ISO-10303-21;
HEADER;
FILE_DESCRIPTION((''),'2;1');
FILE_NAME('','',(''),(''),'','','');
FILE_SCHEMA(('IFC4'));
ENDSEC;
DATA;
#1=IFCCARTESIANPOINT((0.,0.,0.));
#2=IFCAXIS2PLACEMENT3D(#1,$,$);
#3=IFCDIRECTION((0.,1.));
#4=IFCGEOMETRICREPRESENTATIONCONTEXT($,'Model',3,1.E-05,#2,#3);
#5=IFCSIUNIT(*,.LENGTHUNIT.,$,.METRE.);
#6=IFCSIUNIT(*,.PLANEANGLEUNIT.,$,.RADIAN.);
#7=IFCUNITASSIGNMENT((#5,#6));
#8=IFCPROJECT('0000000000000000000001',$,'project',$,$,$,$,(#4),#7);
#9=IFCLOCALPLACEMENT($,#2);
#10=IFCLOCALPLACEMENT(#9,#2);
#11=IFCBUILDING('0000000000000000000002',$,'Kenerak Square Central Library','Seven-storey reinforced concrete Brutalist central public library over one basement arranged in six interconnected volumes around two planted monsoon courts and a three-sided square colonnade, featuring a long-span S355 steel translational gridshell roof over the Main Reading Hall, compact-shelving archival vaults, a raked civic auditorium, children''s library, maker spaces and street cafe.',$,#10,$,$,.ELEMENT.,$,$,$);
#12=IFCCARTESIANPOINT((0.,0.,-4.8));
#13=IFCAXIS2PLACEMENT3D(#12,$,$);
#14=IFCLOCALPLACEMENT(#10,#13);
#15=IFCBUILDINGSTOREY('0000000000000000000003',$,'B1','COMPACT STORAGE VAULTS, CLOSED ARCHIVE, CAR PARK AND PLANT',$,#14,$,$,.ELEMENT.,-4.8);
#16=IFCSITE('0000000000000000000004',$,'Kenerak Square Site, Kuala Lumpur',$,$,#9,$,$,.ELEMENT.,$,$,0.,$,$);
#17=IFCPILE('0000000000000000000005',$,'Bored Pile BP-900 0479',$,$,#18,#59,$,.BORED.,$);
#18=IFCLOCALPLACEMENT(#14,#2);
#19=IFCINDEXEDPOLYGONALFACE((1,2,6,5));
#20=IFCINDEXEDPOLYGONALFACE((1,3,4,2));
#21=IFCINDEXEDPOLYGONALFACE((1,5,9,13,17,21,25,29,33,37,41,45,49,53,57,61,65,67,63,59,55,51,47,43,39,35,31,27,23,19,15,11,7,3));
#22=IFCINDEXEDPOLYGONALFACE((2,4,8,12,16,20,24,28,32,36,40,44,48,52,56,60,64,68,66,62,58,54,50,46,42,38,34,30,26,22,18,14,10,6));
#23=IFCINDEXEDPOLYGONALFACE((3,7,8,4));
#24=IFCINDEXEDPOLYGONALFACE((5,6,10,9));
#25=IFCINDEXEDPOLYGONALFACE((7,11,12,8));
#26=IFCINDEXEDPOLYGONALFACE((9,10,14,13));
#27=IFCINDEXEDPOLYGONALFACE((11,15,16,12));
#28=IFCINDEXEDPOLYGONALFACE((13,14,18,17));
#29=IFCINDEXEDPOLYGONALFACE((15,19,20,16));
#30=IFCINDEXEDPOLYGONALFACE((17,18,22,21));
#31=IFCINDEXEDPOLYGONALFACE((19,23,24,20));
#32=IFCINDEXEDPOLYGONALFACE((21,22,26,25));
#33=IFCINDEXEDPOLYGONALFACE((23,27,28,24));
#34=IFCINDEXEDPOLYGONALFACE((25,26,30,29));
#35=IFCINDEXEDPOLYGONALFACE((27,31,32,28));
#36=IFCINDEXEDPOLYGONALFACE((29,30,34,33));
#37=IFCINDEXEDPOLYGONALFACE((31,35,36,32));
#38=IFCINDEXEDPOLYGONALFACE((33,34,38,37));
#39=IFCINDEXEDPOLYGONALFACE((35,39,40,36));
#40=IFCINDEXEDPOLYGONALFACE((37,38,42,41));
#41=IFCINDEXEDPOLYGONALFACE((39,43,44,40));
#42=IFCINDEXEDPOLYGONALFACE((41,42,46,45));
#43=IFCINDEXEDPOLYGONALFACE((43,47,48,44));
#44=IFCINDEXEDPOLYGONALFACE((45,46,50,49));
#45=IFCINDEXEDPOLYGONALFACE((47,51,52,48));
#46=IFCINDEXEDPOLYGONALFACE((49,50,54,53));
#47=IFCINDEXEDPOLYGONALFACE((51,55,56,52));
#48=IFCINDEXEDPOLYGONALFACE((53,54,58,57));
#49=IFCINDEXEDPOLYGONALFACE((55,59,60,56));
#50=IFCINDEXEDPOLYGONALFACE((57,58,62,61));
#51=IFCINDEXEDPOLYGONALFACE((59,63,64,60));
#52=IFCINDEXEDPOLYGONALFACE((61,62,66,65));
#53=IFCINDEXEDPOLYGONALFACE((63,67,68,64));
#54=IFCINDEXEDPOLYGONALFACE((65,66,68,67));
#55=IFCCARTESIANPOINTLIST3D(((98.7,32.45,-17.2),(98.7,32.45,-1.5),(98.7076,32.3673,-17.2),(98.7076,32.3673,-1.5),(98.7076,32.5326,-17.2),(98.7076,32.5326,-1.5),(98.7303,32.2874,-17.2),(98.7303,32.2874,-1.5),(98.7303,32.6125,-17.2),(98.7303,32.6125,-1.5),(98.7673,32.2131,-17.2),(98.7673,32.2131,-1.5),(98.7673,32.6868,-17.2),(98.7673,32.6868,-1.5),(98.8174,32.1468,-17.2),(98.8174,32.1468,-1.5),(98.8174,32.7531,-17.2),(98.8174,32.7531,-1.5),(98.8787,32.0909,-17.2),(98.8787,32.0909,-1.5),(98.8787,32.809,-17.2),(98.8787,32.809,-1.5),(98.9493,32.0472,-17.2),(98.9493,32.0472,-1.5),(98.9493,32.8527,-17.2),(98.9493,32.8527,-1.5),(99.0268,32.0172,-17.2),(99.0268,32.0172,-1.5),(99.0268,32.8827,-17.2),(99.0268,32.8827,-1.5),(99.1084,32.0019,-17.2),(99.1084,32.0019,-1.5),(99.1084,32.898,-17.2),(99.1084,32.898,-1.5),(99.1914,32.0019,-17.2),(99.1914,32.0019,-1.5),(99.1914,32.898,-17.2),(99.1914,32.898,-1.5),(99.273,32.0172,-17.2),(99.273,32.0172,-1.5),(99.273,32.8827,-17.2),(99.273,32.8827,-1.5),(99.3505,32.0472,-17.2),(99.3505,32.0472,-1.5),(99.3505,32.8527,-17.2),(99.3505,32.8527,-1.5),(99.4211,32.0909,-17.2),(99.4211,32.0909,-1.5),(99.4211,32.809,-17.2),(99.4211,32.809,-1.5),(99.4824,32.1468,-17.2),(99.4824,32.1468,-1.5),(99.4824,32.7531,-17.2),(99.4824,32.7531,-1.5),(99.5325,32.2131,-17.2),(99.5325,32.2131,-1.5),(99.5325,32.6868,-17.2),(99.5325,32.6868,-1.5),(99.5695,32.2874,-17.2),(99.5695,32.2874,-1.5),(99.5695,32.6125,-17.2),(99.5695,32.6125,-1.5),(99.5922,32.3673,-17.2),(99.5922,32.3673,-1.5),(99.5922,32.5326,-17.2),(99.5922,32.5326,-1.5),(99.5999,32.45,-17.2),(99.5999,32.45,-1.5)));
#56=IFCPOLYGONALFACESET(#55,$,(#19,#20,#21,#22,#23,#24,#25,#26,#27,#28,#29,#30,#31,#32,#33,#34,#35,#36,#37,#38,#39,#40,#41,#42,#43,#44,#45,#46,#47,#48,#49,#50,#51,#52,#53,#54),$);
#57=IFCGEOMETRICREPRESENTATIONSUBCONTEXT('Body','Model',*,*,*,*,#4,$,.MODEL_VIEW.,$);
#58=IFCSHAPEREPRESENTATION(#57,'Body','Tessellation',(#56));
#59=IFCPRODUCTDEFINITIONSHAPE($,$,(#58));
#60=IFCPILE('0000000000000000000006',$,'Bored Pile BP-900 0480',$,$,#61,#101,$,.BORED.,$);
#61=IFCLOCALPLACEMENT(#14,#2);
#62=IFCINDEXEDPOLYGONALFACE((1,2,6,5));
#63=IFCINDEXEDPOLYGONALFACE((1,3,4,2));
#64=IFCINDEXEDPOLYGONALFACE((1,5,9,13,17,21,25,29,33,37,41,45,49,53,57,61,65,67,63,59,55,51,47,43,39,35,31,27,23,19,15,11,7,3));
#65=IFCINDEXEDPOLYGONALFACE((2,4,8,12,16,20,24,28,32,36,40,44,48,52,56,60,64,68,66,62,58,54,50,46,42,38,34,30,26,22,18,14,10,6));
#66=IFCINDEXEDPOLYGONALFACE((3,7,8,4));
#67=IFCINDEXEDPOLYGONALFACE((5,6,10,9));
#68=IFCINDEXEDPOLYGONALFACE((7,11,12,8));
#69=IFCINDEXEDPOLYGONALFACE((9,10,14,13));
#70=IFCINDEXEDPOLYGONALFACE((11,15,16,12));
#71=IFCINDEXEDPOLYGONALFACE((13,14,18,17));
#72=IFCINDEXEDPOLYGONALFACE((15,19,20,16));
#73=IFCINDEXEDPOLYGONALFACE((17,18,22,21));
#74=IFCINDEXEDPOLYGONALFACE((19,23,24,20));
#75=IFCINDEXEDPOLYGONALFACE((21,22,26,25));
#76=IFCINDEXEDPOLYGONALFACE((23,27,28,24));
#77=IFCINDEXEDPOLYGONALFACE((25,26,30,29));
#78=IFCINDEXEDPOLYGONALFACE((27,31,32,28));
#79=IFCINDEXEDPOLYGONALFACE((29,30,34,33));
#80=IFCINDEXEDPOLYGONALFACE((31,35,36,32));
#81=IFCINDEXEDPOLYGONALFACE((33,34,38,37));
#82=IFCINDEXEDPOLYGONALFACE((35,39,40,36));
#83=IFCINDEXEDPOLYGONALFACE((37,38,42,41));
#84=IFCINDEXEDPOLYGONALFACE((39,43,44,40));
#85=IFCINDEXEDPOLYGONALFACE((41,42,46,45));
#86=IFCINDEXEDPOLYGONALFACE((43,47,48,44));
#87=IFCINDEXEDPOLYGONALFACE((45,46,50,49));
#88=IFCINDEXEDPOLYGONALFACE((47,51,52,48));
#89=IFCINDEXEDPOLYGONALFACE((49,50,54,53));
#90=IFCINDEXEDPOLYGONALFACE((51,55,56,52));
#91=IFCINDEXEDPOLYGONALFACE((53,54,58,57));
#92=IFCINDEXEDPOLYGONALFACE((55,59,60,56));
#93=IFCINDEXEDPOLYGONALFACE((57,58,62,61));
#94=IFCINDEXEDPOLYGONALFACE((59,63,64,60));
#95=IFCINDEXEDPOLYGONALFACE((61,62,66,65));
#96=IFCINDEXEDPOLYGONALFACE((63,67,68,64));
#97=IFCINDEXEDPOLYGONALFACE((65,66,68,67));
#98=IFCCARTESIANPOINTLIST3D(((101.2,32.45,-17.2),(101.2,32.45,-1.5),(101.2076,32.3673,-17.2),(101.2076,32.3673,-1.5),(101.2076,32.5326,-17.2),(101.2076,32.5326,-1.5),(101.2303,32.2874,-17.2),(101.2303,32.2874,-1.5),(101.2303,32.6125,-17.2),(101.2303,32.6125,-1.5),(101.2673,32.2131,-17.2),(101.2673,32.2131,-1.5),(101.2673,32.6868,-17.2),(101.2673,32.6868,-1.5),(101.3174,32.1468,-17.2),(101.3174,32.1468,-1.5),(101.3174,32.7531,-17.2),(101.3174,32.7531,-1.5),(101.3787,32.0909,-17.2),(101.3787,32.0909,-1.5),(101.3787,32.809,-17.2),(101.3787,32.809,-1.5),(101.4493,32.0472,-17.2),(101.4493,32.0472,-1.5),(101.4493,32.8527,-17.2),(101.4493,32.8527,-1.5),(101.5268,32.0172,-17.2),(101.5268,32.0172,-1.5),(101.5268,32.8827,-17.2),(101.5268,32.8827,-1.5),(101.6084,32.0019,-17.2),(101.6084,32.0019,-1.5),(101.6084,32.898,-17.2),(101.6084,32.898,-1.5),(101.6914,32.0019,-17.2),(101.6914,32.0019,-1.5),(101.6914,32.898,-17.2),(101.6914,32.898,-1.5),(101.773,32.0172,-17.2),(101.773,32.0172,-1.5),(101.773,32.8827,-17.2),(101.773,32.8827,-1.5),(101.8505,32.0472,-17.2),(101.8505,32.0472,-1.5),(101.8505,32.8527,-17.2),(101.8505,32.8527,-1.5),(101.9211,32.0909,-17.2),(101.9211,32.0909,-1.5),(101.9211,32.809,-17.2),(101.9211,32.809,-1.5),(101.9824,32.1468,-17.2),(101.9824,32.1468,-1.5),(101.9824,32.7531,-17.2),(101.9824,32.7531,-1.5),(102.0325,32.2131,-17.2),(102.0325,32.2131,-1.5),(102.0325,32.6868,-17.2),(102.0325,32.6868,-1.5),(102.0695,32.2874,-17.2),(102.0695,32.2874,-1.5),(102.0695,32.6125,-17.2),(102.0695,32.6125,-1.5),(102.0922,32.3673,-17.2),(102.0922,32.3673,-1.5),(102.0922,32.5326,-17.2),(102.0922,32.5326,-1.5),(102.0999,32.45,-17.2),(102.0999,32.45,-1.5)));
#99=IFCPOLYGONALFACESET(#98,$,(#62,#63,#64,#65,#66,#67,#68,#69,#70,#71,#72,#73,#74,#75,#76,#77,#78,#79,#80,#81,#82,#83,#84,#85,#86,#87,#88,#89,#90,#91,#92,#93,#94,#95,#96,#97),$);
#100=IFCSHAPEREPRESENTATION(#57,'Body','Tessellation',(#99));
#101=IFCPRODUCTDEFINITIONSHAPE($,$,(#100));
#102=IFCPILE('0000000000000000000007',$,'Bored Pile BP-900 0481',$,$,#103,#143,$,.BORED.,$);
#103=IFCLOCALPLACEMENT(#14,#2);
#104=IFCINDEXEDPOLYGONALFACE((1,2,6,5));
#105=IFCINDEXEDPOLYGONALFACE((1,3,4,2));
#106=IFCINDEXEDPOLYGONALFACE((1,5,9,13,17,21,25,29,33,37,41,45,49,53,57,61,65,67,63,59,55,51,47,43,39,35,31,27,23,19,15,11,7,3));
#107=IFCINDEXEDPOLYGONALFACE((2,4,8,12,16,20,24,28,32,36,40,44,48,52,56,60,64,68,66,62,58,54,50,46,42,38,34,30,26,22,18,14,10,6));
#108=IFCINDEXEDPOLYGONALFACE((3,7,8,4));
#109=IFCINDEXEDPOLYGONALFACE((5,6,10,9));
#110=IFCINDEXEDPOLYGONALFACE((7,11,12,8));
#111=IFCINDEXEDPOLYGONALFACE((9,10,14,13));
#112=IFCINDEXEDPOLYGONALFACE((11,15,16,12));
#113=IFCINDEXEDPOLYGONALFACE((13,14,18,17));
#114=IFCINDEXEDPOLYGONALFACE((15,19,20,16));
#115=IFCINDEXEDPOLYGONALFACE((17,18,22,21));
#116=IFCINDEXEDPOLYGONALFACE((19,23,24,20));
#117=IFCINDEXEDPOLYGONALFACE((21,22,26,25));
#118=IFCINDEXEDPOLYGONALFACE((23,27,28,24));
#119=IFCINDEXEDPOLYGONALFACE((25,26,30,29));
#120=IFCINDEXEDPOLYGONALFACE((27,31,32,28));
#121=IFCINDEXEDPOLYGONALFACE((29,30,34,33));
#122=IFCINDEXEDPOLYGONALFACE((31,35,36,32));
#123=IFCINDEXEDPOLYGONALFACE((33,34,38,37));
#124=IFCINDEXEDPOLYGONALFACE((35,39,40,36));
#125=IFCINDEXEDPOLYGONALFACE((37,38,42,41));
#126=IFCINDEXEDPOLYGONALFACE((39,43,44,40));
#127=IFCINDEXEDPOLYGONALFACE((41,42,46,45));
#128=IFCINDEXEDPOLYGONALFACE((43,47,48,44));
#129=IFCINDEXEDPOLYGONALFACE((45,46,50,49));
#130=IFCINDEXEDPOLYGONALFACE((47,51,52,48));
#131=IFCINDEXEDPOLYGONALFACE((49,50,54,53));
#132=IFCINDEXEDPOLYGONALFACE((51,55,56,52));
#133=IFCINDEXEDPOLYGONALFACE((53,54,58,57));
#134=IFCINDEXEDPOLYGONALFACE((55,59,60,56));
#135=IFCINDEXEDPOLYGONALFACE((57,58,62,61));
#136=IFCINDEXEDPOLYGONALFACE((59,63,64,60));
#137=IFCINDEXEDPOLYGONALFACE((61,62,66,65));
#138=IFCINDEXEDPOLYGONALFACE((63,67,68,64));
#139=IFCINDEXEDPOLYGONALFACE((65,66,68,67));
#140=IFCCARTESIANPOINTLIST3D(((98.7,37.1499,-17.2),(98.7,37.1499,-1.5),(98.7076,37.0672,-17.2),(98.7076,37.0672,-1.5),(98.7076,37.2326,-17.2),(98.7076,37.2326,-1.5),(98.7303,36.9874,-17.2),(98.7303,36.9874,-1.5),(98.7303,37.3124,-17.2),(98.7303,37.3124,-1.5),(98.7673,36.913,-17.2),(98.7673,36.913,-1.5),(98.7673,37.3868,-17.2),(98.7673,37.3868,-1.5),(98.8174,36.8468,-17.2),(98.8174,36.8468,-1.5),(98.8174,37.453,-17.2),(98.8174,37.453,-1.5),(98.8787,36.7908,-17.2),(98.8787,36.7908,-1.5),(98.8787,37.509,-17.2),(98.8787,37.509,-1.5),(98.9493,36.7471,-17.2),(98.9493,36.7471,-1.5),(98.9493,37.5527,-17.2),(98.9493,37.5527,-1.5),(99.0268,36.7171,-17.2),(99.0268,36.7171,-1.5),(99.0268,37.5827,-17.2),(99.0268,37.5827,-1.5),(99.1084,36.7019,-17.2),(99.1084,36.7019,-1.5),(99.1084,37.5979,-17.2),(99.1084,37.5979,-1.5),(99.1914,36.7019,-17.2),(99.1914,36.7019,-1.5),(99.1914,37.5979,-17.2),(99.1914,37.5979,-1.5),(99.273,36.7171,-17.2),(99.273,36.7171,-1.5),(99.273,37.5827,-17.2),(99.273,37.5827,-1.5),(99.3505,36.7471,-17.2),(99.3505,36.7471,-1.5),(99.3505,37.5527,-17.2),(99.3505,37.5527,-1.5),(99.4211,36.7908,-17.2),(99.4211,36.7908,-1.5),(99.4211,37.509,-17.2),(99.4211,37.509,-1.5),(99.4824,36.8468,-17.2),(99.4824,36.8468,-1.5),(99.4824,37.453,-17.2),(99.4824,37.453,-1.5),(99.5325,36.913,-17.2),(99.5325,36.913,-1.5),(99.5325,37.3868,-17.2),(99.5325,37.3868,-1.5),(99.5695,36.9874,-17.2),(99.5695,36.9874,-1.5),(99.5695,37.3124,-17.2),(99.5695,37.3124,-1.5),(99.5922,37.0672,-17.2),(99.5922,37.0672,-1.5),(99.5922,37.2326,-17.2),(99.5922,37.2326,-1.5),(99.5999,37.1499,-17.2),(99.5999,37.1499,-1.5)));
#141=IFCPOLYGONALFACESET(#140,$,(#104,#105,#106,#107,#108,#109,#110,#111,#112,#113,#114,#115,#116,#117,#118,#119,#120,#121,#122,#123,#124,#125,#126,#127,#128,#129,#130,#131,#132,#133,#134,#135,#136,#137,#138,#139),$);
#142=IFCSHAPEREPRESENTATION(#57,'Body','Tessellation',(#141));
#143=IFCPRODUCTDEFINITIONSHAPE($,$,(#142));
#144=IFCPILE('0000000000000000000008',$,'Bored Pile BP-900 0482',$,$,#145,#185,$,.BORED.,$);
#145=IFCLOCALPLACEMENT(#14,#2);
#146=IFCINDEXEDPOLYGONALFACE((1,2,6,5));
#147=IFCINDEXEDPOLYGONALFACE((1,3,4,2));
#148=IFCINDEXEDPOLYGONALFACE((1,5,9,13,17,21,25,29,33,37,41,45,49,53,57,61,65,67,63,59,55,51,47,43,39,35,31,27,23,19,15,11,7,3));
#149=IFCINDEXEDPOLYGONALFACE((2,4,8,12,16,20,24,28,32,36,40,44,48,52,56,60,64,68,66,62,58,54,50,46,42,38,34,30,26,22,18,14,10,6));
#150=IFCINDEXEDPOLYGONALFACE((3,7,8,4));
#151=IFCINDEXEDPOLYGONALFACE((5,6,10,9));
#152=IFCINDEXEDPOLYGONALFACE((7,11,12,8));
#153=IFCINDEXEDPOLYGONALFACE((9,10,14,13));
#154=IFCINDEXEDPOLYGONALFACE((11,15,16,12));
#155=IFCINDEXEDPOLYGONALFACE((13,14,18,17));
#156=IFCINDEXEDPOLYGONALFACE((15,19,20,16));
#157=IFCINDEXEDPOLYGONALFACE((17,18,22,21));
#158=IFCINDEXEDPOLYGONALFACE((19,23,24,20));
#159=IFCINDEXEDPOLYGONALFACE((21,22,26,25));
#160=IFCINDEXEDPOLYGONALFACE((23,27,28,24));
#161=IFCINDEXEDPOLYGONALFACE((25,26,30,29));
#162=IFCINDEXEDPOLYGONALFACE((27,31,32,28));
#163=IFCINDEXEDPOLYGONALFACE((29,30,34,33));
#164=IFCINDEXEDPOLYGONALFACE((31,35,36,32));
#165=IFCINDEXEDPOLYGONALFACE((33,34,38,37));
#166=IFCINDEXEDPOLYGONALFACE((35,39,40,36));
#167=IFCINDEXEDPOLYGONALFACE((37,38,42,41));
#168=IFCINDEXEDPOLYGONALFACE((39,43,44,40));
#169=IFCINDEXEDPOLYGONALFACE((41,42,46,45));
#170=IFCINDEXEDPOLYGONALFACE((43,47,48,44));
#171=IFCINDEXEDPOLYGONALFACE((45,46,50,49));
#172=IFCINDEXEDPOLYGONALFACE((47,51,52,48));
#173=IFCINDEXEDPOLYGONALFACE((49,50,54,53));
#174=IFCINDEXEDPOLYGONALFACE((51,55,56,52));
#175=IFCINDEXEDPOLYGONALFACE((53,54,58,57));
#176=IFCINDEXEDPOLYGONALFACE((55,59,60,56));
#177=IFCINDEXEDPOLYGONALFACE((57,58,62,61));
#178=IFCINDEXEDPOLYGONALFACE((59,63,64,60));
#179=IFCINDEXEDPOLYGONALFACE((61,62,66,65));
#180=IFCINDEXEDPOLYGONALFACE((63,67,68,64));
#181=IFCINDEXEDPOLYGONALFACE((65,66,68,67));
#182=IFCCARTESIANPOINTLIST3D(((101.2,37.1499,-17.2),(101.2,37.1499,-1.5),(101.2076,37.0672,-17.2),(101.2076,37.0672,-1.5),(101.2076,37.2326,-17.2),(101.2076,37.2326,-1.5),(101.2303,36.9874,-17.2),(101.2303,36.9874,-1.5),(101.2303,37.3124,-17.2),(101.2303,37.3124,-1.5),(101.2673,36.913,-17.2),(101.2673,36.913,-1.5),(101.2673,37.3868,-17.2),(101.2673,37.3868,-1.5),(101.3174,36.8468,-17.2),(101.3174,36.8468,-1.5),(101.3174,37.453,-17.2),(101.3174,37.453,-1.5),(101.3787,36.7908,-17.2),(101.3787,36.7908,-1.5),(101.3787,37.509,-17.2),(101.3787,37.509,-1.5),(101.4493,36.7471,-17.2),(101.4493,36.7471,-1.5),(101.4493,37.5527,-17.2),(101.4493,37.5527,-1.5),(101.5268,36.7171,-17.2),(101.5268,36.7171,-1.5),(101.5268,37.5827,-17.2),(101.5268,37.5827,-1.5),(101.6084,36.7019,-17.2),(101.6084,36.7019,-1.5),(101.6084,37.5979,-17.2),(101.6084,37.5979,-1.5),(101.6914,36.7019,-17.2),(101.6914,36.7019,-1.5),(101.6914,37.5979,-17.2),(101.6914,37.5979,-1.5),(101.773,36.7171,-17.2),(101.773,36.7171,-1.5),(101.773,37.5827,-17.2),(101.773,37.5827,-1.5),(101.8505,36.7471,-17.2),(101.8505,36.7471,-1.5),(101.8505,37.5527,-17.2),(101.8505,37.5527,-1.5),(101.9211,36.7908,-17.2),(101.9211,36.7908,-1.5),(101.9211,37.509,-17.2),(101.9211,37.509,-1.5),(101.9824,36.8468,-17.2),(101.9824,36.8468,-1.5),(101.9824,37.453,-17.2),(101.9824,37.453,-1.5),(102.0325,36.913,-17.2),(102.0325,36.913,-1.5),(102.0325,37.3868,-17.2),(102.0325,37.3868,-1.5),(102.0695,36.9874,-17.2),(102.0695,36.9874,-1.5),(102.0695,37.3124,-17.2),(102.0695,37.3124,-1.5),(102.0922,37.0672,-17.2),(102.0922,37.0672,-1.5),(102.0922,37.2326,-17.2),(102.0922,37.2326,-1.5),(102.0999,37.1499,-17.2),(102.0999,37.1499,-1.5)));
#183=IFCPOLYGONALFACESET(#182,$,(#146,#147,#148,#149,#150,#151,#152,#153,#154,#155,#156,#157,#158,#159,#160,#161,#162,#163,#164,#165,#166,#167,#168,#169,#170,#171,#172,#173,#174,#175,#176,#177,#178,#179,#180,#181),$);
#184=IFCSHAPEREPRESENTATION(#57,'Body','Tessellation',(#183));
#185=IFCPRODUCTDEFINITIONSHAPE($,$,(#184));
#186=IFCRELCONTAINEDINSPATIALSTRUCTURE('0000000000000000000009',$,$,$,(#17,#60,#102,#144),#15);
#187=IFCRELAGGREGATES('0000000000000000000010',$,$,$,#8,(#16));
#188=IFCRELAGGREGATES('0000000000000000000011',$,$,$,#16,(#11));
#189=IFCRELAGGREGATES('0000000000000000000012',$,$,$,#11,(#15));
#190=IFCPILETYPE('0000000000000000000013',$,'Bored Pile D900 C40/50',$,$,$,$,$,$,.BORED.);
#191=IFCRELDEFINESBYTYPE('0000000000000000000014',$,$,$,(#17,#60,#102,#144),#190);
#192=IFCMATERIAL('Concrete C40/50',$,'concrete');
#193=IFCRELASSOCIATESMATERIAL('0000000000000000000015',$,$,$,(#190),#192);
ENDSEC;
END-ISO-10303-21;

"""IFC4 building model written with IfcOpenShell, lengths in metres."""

from ifc_helpers import new_model, si_unit, direction, frame, origin, origin_2d, place, context, subcontext, project, spatial, circle, extrude, material, material_profile, profile_set, type_object, element, save


model = new_model("IFC4")

# Units and contexts
model_context = context("Model", 3, precision=1e-05, world=origin(), true_north=direction((0.0, 1.0)))
body_context = subcontext(model_context, "Body", "Model", "MODEL_VIEW")
ifc_project = project(units=[si_unit("LENGTHUNIT", "METRE"), si_unit("PLANEANGLEUNIT", "RADIAN")], contexts=[model_context])

# Site, building, storey
site_placement = place(None, origin())
site = spatial("IfcSite", under=ifc_project, at=site_placement, Name="Kenerak Square Site, Kuala Lumpur", CompositionType="ELEMENT", RefElevation=0.0)
building_placement = place(site_placement, origin())
building = spatial("IfcBuilding", under=site, at=building_placement, Name="Kenerak Square Central Library", Description="Seven-storey reinforced concrete Brutalist central public library over one basement arranged in six interconnected volumes around two planted monsoon courts and a three-sided square colonnade, featuring a long-span S355 steel translational gridshell roof over the Main Reading Hall, compact-shelving archival vaults, a raked civic auditorium, children's library, maker spaces and street cafe.", CompositionType="ELEMENT")
storey_placement = place(building_placement, frame((0.0, 0.0, -4.8)))
storey = spatial("IfcBuildingStorey", under=building, at=storey_placement, Name="B1", Description="COMPACT STORAGE VAULTS, CLOSED ARCHIVE, CAR PARK AND PLANT", CompositionType="ELEMENT", Elevation=-4.8)

# Piles
ifc_material_1 = material(Name="Concrete C40/50", Category="concrete")
ifc_material_profile_1 = material_profile(ifc_material_1, circle(Radius=0.45, at=origin_2d()), Name="BP D900")
ifc_profile_set_1 = profile_set([ifc_material_profile_1], Name="Concrete C40/50")
pile_type = type_object("IfcPileType", Name="Bored Pile D900 C40/50", PredefinedType="BORED", material=ifc_profile_set_1)
for number, where, z_axis, x_axis, name in (
    (1, (99.1499, 32.45, -1.5), (0.0, 0.0, -1.0), (1.0, 0.0, 0.0), "Bored Pile BP-900 0479"),
    (2, (101.6499, 32.45, -1.5), (0.0, 0.0, -1.0), (1.0, 0.0, 0.0), "Bored Pile BP-900 0480"),
    (3, (99.1499, 37.1499, -1.5), (0.0, 0.0, -1.0), (1.0, 0.0, 0.0), "Bored Pile BP-900 0481"),
    (4, (101.6499, 37.1499, -1.5), (0.0, 0.0, -1.0), (1.0, 0.0, 0.0), "Bored Pile BP-900 0482"),
):
    element("IfcPile", number, at=place(storey_placement, frame(where, z_axis=z_axis, x_axis=x_axis)), inside=storey, type_object=pile_type, Name=name, PredefinedType="BORED", context=body_context, shape_type="SweptSolid", body=[
        extrude(circle(Radius=0.45, at=origin_2d()), origin(), (0.0, 0.0, 1.0), 15.7),
    ])

save(model, "model.ifc")
